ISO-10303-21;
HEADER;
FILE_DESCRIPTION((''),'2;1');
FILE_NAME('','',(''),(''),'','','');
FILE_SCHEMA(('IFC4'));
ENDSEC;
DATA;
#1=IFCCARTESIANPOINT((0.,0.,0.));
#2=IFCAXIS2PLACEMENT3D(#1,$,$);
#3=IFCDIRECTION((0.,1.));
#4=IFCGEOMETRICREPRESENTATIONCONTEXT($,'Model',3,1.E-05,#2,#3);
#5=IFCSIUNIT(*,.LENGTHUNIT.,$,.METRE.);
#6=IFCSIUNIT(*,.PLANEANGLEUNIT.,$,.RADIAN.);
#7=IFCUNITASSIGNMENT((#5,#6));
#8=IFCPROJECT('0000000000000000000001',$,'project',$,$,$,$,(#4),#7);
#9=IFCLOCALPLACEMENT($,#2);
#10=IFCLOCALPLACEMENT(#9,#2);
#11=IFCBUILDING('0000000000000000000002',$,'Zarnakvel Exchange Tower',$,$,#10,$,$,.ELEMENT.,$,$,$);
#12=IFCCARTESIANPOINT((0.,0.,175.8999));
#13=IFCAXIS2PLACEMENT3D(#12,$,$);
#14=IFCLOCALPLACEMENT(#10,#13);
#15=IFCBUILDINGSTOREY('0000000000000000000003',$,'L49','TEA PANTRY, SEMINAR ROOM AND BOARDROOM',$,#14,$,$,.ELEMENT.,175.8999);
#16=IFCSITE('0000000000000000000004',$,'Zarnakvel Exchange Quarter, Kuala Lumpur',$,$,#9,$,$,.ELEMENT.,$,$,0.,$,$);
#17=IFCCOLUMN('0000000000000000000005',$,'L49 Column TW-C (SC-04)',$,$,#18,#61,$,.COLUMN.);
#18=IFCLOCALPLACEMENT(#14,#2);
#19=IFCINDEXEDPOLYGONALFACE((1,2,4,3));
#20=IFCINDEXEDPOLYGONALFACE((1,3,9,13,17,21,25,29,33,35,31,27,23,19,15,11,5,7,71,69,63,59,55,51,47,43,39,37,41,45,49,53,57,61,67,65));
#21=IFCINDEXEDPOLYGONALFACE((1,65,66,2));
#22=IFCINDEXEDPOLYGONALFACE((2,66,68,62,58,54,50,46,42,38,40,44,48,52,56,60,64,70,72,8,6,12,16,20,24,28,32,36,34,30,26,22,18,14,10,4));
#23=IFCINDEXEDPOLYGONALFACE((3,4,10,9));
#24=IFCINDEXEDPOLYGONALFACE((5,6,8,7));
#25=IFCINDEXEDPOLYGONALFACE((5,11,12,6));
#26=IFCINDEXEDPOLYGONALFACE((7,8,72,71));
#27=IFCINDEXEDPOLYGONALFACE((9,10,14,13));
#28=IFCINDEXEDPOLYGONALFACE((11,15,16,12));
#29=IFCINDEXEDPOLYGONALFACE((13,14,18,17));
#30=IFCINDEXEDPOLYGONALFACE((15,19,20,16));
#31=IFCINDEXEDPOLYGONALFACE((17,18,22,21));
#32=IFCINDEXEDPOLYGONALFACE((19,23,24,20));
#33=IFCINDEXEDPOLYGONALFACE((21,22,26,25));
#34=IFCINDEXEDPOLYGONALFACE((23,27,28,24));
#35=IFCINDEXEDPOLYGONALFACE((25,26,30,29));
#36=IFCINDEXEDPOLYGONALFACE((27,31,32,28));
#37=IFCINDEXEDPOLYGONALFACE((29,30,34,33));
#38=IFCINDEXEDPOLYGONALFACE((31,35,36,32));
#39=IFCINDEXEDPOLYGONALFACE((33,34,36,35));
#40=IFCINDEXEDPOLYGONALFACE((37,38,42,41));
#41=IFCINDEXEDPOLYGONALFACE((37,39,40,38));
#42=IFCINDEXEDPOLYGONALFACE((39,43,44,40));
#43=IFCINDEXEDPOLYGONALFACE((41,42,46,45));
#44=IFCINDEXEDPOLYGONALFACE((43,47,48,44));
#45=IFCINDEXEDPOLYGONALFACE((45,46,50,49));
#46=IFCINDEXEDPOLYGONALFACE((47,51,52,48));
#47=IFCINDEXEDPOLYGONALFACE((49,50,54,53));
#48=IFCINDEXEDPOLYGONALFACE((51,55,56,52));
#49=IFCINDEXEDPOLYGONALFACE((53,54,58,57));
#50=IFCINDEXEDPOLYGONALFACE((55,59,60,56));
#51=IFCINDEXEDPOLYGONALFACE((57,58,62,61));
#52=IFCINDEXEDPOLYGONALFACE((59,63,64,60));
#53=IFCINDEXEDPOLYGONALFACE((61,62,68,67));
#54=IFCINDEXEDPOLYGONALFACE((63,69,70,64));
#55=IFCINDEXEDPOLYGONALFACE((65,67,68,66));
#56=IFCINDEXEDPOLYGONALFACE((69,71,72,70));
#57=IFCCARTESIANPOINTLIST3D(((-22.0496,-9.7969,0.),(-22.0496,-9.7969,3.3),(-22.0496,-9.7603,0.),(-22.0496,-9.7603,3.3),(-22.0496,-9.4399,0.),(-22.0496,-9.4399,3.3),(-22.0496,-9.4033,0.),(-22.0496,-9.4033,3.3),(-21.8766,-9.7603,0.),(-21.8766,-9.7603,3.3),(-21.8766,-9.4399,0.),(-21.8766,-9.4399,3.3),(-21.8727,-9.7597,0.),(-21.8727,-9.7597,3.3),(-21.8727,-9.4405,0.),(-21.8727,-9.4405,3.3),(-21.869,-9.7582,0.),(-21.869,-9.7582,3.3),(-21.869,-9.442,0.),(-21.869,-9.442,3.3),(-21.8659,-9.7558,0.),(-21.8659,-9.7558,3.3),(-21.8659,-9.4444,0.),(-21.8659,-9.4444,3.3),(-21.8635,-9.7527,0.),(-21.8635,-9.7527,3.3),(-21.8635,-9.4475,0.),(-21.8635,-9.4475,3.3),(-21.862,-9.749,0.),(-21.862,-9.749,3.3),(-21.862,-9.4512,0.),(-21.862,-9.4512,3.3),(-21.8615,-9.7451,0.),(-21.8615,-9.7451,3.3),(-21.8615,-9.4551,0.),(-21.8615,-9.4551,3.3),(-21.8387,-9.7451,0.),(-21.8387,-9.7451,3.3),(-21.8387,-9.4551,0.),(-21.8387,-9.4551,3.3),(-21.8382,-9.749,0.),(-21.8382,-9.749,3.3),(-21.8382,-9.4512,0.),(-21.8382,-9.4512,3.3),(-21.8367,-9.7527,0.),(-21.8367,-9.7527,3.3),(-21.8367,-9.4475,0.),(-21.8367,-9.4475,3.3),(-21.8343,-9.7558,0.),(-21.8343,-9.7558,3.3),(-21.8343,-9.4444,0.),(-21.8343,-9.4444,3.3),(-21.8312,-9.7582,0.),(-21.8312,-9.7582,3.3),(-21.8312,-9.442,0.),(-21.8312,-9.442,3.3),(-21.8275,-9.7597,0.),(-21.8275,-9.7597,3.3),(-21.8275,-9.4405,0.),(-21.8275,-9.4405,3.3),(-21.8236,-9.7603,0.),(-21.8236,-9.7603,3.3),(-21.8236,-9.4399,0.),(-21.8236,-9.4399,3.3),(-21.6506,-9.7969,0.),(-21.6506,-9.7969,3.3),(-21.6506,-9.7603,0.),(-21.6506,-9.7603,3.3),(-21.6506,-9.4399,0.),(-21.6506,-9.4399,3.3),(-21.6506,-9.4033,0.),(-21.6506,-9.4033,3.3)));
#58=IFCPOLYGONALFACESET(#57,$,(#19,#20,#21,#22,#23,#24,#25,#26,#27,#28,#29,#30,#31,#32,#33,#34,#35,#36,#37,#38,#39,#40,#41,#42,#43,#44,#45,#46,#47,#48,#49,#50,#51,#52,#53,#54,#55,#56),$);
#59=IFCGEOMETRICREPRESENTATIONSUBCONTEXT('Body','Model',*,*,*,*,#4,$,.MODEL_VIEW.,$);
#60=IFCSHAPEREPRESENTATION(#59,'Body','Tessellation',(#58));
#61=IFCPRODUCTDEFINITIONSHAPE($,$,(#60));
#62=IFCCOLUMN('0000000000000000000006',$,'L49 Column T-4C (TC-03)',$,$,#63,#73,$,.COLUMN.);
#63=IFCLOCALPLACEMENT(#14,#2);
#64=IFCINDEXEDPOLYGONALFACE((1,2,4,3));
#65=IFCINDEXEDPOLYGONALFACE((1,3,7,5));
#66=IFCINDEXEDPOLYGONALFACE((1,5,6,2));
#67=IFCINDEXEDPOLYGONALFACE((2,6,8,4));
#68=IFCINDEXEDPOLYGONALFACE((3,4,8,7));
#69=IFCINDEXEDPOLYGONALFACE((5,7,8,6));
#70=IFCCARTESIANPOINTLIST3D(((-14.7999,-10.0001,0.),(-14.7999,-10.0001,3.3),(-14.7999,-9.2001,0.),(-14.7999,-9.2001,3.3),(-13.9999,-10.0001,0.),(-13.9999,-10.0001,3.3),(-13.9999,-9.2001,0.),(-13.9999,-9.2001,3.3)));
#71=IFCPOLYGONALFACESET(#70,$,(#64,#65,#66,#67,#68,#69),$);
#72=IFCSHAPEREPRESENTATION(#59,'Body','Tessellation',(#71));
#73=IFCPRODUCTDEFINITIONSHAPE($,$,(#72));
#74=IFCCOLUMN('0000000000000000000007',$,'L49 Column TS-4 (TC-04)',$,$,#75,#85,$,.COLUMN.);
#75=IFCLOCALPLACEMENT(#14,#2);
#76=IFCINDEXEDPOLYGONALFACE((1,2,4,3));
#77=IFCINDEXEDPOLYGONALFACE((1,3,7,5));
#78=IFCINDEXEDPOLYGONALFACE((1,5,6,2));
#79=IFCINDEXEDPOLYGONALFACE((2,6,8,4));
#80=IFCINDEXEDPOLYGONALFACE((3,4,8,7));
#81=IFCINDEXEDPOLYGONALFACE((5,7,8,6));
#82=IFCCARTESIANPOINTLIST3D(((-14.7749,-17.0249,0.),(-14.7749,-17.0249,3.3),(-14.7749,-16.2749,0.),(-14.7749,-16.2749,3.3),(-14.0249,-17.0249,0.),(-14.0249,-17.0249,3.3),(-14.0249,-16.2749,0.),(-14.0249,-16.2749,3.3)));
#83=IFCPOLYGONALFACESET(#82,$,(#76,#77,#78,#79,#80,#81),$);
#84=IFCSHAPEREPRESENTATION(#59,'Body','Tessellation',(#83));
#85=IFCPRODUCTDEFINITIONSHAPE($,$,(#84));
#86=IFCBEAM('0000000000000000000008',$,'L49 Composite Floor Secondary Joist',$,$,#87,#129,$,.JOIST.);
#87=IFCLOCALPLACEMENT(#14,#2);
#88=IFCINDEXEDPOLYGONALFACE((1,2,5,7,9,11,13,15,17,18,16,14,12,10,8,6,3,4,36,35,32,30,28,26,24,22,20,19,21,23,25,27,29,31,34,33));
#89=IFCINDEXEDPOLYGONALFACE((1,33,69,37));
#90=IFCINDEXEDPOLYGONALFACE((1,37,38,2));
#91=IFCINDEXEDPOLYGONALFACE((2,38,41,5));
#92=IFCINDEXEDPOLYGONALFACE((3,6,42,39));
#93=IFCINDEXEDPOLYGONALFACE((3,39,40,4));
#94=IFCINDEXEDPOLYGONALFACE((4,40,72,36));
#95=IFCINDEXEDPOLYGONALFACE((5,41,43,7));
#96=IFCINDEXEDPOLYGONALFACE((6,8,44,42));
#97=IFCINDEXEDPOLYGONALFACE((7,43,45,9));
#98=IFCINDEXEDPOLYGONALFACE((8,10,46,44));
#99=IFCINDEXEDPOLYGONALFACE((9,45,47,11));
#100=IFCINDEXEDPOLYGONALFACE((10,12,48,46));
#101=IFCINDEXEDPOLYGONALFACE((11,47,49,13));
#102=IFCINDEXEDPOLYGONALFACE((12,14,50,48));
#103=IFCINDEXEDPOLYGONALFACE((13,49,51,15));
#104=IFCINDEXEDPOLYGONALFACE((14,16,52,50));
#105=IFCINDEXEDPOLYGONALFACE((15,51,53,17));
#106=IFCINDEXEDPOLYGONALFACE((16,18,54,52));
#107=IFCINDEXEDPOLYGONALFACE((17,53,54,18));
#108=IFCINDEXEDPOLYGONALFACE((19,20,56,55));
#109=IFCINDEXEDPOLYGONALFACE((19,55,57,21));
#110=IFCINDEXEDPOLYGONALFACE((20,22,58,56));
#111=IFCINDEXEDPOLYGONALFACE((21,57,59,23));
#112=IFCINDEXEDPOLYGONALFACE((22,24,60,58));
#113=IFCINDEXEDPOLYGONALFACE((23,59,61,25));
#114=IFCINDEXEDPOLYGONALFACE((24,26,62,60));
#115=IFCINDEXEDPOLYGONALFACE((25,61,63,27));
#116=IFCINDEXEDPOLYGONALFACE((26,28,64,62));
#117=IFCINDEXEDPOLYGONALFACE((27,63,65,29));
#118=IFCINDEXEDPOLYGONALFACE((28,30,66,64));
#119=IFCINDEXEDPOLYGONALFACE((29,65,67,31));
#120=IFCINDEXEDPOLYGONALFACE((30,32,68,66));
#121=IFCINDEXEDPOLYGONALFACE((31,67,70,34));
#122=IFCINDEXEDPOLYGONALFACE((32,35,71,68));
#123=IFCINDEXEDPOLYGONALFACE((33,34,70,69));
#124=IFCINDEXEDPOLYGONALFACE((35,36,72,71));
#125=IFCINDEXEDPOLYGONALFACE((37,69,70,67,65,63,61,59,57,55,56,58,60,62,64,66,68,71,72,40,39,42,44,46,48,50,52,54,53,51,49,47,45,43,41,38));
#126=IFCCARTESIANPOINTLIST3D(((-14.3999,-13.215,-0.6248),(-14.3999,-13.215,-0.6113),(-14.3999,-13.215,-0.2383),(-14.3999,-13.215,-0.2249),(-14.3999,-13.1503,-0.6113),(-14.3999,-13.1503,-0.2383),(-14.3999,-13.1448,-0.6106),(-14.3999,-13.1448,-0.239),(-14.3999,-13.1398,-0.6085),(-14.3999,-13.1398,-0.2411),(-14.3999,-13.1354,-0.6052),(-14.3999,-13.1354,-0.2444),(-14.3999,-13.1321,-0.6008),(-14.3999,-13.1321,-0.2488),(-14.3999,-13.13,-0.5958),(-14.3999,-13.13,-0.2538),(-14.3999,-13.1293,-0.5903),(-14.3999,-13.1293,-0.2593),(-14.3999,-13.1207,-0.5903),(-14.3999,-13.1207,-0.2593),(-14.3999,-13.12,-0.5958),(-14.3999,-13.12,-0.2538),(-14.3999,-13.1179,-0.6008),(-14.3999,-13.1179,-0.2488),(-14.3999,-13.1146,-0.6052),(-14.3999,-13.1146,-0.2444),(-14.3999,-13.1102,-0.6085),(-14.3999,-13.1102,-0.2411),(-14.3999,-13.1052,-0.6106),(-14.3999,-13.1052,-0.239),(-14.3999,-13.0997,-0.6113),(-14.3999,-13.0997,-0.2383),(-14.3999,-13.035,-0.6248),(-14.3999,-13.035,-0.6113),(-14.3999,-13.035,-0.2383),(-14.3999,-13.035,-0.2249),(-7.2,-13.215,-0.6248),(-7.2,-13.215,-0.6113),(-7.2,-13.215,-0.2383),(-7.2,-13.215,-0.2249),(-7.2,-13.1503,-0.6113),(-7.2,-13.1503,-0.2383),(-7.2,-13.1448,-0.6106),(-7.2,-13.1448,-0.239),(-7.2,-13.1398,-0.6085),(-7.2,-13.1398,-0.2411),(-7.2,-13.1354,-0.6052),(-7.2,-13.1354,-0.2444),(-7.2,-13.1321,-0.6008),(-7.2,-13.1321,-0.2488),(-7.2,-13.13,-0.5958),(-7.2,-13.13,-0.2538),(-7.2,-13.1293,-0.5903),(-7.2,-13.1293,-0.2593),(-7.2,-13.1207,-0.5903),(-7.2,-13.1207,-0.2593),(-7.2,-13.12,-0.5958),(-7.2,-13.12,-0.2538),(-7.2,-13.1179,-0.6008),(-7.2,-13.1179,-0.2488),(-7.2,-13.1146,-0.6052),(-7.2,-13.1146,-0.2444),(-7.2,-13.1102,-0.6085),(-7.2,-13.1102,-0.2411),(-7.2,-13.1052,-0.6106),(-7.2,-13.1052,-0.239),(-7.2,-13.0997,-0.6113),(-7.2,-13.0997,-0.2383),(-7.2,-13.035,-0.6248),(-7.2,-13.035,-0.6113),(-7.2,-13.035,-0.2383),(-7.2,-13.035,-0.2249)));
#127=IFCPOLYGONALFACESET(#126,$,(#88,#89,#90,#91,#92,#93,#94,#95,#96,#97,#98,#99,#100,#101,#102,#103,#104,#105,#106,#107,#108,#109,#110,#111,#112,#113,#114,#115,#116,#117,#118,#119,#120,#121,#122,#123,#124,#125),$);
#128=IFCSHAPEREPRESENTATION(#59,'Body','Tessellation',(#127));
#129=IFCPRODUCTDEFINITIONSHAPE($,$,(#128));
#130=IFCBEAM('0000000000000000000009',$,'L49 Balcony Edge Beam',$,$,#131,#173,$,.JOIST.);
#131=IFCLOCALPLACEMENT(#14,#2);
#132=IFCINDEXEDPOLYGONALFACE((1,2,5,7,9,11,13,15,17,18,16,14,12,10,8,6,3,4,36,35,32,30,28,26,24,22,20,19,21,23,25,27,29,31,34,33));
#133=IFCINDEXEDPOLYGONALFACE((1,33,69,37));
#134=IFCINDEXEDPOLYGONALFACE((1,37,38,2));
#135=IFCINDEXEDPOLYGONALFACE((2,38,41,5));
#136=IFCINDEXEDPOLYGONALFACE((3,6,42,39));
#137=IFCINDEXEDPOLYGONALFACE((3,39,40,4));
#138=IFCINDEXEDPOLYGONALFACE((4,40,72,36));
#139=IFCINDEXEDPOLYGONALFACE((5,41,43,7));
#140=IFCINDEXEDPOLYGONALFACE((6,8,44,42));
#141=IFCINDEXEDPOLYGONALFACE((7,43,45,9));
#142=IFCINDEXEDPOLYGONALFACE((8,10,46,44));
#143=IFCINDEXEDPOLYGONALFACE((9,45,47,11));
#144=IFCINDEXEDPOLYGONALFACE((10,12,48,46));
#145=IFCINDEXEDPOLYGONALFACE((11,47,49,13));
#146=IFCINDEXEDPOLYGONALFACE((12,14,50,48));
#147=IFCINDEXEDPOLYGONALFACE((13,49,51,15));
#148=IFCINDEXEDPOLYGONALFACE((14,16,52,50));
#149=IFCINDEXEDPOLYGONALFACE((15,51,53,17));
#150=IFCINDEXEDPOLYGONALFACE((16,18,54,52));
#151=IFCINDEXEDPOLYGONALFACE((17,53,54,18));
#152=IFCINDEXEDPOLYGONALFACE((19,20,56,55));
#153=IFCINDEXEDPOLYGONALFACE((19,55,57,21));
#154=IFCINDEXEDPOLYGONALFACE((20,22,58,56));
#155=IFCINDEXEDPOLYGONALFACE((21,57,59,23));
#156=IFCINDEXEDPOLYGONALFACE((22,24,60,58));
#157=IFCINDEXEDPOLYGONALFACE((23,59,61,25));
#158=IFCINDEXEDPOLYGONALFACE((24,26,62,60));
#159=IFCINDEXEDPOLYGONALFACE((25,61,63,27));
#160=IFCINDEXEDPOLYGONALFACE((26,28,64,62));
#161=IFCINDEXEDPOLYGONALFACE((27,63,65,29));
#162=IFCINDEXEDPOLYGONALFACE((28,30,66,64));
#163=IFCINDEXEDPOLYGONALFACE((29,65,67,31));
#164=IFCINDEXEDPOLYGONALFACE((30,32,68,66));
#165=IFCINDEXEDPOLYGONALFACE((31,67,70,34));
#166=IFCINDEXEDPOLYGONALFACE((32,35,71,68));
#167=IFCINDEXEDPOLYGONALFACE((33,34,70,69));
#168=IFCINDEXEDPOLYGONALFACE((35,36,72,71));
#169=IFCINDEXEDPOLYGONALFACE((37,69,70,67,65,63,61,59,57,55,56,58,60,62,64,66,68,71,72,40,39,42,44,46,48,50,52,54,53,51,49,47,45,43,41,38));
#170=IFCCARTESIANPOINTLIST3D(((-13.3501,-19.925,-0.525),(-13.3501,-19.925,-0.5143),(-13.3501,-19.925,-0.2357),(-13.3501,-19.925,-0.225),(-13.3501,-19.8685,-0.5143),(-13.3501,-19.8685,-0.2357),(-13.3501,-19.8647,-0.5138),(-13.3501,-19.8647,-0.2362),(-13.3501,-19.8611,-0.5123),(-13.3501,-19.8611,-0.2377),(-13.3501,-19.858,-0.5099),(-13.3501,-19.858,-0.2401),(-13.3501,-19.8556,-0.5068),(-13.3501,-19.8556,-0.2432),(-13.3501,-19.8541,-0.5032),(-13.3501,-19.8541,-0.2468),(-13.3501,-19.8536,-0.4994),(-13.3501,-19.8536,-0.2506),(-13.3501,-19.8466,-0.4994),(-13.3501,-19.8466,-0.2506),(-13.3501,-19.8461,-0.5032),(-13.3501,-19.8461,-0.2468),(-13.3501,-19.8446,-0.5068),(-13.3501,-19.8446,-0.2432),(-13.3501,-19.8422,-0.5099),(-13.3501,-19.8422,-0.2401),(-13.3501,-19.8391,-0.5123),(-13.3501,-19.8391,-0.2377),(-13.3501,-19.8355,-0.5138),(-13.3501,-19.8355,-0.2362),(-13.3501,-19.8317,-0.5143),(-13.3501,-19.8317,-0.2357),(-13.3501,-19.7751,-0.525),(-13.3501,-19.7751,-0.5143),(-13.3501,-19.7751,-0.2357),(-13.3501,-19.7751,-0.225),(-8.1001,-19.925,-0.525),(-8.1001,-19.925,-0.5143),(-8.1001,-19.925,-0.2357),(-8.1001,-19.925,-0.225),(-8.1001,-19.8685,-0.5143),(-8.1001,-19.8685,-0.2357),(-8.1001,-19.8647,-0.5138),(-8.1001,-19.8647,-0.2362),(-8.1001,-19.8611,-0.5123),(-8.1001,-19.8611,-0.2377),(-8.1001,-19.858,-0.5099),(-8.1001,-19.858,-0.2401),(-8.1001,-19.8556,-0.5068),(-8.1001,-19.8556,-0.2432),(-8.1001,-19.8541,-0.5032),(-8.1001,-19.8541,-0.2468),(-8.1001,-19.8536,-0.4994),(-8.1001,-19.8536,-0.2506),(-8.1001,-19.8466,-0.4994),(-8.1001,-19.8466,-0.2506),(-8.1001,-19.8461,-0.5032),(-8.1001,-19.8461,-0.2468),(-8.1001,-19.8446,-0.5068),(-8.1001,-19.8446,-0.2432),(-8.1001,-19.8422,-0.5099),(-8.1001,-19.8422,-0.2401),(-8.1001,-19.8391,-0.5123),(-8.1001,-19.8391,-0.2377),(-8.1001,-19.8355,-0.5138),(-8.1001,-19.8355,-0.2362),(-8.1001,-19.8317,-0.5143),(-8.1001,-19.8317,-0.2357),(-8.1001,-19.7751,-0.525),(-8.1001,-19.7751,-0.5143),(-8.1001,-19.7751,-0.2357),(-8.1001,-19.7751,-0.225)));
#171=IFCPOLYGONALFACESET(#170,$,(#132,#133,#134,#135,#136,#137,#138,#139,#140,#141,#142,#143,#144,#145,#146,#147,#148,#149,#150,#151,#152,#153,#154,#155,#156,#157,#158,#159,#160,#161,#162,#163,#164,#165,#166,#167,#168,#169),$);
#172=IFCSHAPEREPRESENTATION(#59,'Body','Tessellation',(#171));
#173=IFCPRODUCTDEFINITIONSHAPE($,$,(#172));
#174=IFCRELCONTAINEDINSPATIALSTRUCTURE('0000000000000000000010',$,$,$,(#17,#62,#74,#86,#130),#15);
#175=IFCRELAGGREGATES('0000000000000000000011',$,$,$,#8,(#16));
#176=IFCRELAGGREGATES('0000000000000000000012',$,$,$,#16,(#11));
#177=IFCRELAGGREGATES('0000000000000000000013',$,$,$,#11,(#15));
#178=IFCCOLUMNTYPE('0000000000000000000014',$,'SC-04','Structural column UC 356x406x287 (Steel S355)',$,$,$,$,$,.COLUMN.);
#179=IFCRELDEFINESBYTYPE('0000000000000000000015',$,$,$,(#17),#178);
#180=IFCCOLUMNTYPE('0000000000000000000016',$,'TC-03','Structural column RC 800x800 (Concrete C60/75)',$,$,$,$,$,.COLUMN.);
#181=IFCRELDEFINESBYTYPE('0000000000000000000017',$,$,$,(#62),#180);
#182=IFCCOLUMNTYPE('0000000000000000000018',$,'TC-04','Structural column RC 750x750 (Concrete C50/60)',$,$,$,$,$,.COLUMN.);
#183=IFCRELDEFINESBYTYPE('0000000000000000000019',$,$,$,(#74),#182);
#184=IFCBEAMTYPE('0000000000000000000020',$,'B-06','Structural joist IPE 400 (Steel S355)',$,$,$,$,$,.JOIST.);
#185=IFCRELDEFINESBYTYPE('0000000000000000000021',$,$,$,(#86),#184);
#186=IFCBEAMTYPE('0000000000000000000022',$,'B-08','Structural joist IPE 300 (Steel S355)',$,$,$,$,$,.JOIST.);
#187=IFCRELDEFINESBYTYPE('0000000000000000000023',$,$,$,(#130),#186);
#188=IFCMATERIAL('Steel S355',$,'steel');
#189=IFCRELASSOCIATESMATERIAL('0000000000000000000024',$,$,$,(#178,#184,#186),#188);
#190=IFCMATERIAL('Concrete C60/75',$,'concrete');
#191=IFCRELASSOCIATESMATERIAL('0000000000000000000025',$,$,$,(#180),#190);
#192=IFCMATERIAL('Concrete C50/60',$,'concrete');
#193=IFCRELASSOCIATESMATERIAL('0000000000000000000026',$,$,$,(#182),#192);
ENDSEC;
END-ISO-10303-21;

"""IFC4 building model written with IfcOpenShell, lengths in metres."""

from ifc_helpers import new_model, si_unit, direction, frame, origin, origin_2d, place, context, subcontext, project, spatial, rectangle, i_section, extrude, material, material_profile, profile_set, type_object, element, save


model = new_model("IFC4")

# Units and contexts
model_context = context("Model", 3, precision=1e-05, world=origin(), true_north=direction((0.0, 1.0)))
body_context = subcontext(model_context, "Body", "Model", "MODEL_VIEW")
ifc_project = project(units=[si_unit("LENGTHUNIT", "METRE"), si_unit("PLANEANGLEUNIT", "RADIAN")], contexts=[model_context])

# Site, building, storey
site_placement = place(None, origin())
site = spatial("IfcSite", under=ifc_project, at=site_placement, Name="Zarnakvel Exchange Quarter, Kuala Lumpur", CompositionType="ELEMENT", RefElevation=0.0)
building_placement = place(site_placement, origin())
building = spatial("IfcBuilding", under=site, at=building_placement, Name="Zarnakvel Exchange Tower", CompositionType="ELEMENT")
storey_placement = place(building_placement, frame((0.0, 0.0, 175.8999)))
storey = spatial("IfcBuildingStorey", under=building, at=storey_placement, Name="L49", Description="TEA PANTRY, SEMINAR ROOM AND BOARDROOM", CompositionType="ELEMENT", Elevation=175.8999)

# Columns
ifc_material_1 = material(Name="Steel S355", Category="steel")
ifc_material_profile_1 = material_profile(ifc_material_1, i_section(OverallWidth=0.3989, OverallDepth=0.3936, WebThickness=0.0227, FlangeThickness=0.0366, FilletRadius=0.0151, at=origin_2d()))
ifc_profile_set_1 = profile_set([ifc_material_profile_1], Name="Steel S355")
column_type_1 = type_object("IfcColumnType", Name="SC-04", Description="Structural column UC 356x406x287 (Steel S355)", PredefinedType="COLUMN", material=ifc_profile_set_1)
column_1_placement = place(storey_placement, frame((-21.8501, -9.6001, 0.0), z_axis=(0.0, 0.0, 1.0), x_axis=(1.0, 0.0, 0.0)))
element("IfcColumn", 1, at=column_1_placement, inside=storey, type_object=column_type_1, Name="L49 Column TW-C (SC-04)", PredefinedType="COLUMN", context=body_context, shape_type="SweptSolid", body=[
    extrude(i_section(OverallWidth=0.3989, OverallDepth=0.3936, WebThickness=0.0227, FlangeThickness=0.0366, FilletRadius=0.0151, at=origin_2d()), origin(), (0.0, 0.0, 1.0), 3.3),
])
ifc_material_2 = material(Name="Concrete C60/75", Category="concrete")
ifc_material_profile_2 = material_profile(ifc_material_2, rectangle(XDim=0.8, YDim=0.8, at=origin_2d()))
ifc_profile_set_2 = profile_set([ifc_material_profile_2], Name="Concrete C60/75")
column_type_2 = type_object("IfcColumnType", Name="TC-03", Description="Structural column RC 800x800 (Concrete C60/75)", PredefinedType="COLUMN", material=ifc_profile_set_2)
column_2_placement = place(storey_placement, frame((-14.3999, -9.6001, 0.0), z_axis=(0.0, 0.0, 1.0), x_axis=(1.0, 0.0, 0.0)))
element("IfcColumn", 2, at=column_2_placement, inside=storey, type_object=column_type_2, Name="L49 Column T-4C (TC-03)", PredefinedType="COLUMN", context=body_context, shape_type="SweptSolid", body=[
    extrude(rectangle(XDim=0.8, YDim=0.8, at=origin_2d()), origin(), (0.0, 0.0, 1.0), 3.3),
])
ifc_material_3 = material(Name="Concrete C50/60", Category="concrete")
ifc_material_profile_3 = material_profile(ifc_material_3, rectangle(XDim=0.75, YDim=0.75, at=origin_2d()))
ifc_profile_set_3 = profile_set([ifc_material_profile_3], Name="Concrete C50/60")
column_type_3 = type_object("IfcColumnType", Name="TC-04", Description="Structural column RC 750x750 (Concrete C50/60)", PredefinedType="COLUMN", material=ifc_profile_set_3)
column_3_placement = place(storey_placement, frame((-14.3999, -16.6499, 0.0), z_axis=(0.0, 0.0, 1.0), x_axis=(1.0, 0.0, 0.0)))
element("IfcColumn", 3, at=column_3_placement, inside=storey, type_object=column_type_3, Name="L49 Column TS-4 (TC-04)", PredefinedType="COLUMN", context=body_context, shape_type="SweptSolid", body=[
    extrude(rectangle(XDim=0.75, YDim=0.75, at=origin_2d()), origin(), (0.0, 0.0, 1.0), 3.3),
])

# Beams
ifc_material_profile_4 = material_profile(ifc_material_1, i_section(OverallWidth=0.1799, OverallDepth=0.3999, WebThickness=0.0085, FlangeThickness=0.0134, FilletRadius=0.021, at=origin_2d()))
ifc_profile_set_4 = profile_set([ifc_material_profile_4], Name="Steel S355")
beam_type_1 = type_object("IfcBeamType", Name="B-06", Description="Structural joist IPE 400 (Steel S355)", PredefinedType="JOIST", material=ifc_profile_set_4)
beam_1_placement = place(storey_placement, frame((-14.3999, -13.125, -0.4248), z_axis=(1.0, 0.0, 0.0), x_axis=(0.0, 1.0, 0.0)))
element("IfcBeam", 4, at=beam_1_placement, inside=storey, type_object=beam_type_1, Name="L49 Composite Floor Secondary Joist", PredefinedType="JOIST", context=body_context, shape_type="SweptSolid", body=[
    extrude(i_section(OverallWidth=0.1799, OverallDepth=0.3999, WebThickness=0.0085, FlangeThickness=0.0134, FilletRadius=0.021, at=origin_2d()), origin(), (0.0, 0.0, 1.0), 7.2),
])
ifc_material_profile_5 = material_profile(ifc_material_1, i_section(OverallWidth=0.1499, OverallDepth=0.3, WebThickness=0.0071, FlangeThickness=0.0107, FilletRadius=0.0149, at=origin_2d()))
ifc_profile_set_5 = profile_set([ifc_material_profile_5], Name="Steel S355")
beam_type_2 = type_object("IfcBeamType", Name="B-08", Description="Structural joist IPE 300 (Steel S355)", PredefinedType="JOIST", material=ifc_profile_set_5)
beam_2_placement = place(storey_placement, frame((-13.3501, -19.8501, -0.375), z_axis=(1.0, 0.0, 0.0), x_axis=(0.0, 1.0, 0.0)))
element("IfcBeam", 5, at=beam_2_placement, inside=storey, type_object=beam_type_2, Name="L49 Balcony Edge Beam", PredefinedType="JOIST", context=body_context, shape_type="SweptSolid", body=[
    extrude(i_section(OverallWidth=0.1499, OverallDepth=0.3, WebThickness=0.0071, FlangeThickness=0.0107, FilletRadius=0.0149, at=origin_2d()), origin(), (0.0, 0.0, 1.0), 5.25),
])

save(model, "model.ifc")
